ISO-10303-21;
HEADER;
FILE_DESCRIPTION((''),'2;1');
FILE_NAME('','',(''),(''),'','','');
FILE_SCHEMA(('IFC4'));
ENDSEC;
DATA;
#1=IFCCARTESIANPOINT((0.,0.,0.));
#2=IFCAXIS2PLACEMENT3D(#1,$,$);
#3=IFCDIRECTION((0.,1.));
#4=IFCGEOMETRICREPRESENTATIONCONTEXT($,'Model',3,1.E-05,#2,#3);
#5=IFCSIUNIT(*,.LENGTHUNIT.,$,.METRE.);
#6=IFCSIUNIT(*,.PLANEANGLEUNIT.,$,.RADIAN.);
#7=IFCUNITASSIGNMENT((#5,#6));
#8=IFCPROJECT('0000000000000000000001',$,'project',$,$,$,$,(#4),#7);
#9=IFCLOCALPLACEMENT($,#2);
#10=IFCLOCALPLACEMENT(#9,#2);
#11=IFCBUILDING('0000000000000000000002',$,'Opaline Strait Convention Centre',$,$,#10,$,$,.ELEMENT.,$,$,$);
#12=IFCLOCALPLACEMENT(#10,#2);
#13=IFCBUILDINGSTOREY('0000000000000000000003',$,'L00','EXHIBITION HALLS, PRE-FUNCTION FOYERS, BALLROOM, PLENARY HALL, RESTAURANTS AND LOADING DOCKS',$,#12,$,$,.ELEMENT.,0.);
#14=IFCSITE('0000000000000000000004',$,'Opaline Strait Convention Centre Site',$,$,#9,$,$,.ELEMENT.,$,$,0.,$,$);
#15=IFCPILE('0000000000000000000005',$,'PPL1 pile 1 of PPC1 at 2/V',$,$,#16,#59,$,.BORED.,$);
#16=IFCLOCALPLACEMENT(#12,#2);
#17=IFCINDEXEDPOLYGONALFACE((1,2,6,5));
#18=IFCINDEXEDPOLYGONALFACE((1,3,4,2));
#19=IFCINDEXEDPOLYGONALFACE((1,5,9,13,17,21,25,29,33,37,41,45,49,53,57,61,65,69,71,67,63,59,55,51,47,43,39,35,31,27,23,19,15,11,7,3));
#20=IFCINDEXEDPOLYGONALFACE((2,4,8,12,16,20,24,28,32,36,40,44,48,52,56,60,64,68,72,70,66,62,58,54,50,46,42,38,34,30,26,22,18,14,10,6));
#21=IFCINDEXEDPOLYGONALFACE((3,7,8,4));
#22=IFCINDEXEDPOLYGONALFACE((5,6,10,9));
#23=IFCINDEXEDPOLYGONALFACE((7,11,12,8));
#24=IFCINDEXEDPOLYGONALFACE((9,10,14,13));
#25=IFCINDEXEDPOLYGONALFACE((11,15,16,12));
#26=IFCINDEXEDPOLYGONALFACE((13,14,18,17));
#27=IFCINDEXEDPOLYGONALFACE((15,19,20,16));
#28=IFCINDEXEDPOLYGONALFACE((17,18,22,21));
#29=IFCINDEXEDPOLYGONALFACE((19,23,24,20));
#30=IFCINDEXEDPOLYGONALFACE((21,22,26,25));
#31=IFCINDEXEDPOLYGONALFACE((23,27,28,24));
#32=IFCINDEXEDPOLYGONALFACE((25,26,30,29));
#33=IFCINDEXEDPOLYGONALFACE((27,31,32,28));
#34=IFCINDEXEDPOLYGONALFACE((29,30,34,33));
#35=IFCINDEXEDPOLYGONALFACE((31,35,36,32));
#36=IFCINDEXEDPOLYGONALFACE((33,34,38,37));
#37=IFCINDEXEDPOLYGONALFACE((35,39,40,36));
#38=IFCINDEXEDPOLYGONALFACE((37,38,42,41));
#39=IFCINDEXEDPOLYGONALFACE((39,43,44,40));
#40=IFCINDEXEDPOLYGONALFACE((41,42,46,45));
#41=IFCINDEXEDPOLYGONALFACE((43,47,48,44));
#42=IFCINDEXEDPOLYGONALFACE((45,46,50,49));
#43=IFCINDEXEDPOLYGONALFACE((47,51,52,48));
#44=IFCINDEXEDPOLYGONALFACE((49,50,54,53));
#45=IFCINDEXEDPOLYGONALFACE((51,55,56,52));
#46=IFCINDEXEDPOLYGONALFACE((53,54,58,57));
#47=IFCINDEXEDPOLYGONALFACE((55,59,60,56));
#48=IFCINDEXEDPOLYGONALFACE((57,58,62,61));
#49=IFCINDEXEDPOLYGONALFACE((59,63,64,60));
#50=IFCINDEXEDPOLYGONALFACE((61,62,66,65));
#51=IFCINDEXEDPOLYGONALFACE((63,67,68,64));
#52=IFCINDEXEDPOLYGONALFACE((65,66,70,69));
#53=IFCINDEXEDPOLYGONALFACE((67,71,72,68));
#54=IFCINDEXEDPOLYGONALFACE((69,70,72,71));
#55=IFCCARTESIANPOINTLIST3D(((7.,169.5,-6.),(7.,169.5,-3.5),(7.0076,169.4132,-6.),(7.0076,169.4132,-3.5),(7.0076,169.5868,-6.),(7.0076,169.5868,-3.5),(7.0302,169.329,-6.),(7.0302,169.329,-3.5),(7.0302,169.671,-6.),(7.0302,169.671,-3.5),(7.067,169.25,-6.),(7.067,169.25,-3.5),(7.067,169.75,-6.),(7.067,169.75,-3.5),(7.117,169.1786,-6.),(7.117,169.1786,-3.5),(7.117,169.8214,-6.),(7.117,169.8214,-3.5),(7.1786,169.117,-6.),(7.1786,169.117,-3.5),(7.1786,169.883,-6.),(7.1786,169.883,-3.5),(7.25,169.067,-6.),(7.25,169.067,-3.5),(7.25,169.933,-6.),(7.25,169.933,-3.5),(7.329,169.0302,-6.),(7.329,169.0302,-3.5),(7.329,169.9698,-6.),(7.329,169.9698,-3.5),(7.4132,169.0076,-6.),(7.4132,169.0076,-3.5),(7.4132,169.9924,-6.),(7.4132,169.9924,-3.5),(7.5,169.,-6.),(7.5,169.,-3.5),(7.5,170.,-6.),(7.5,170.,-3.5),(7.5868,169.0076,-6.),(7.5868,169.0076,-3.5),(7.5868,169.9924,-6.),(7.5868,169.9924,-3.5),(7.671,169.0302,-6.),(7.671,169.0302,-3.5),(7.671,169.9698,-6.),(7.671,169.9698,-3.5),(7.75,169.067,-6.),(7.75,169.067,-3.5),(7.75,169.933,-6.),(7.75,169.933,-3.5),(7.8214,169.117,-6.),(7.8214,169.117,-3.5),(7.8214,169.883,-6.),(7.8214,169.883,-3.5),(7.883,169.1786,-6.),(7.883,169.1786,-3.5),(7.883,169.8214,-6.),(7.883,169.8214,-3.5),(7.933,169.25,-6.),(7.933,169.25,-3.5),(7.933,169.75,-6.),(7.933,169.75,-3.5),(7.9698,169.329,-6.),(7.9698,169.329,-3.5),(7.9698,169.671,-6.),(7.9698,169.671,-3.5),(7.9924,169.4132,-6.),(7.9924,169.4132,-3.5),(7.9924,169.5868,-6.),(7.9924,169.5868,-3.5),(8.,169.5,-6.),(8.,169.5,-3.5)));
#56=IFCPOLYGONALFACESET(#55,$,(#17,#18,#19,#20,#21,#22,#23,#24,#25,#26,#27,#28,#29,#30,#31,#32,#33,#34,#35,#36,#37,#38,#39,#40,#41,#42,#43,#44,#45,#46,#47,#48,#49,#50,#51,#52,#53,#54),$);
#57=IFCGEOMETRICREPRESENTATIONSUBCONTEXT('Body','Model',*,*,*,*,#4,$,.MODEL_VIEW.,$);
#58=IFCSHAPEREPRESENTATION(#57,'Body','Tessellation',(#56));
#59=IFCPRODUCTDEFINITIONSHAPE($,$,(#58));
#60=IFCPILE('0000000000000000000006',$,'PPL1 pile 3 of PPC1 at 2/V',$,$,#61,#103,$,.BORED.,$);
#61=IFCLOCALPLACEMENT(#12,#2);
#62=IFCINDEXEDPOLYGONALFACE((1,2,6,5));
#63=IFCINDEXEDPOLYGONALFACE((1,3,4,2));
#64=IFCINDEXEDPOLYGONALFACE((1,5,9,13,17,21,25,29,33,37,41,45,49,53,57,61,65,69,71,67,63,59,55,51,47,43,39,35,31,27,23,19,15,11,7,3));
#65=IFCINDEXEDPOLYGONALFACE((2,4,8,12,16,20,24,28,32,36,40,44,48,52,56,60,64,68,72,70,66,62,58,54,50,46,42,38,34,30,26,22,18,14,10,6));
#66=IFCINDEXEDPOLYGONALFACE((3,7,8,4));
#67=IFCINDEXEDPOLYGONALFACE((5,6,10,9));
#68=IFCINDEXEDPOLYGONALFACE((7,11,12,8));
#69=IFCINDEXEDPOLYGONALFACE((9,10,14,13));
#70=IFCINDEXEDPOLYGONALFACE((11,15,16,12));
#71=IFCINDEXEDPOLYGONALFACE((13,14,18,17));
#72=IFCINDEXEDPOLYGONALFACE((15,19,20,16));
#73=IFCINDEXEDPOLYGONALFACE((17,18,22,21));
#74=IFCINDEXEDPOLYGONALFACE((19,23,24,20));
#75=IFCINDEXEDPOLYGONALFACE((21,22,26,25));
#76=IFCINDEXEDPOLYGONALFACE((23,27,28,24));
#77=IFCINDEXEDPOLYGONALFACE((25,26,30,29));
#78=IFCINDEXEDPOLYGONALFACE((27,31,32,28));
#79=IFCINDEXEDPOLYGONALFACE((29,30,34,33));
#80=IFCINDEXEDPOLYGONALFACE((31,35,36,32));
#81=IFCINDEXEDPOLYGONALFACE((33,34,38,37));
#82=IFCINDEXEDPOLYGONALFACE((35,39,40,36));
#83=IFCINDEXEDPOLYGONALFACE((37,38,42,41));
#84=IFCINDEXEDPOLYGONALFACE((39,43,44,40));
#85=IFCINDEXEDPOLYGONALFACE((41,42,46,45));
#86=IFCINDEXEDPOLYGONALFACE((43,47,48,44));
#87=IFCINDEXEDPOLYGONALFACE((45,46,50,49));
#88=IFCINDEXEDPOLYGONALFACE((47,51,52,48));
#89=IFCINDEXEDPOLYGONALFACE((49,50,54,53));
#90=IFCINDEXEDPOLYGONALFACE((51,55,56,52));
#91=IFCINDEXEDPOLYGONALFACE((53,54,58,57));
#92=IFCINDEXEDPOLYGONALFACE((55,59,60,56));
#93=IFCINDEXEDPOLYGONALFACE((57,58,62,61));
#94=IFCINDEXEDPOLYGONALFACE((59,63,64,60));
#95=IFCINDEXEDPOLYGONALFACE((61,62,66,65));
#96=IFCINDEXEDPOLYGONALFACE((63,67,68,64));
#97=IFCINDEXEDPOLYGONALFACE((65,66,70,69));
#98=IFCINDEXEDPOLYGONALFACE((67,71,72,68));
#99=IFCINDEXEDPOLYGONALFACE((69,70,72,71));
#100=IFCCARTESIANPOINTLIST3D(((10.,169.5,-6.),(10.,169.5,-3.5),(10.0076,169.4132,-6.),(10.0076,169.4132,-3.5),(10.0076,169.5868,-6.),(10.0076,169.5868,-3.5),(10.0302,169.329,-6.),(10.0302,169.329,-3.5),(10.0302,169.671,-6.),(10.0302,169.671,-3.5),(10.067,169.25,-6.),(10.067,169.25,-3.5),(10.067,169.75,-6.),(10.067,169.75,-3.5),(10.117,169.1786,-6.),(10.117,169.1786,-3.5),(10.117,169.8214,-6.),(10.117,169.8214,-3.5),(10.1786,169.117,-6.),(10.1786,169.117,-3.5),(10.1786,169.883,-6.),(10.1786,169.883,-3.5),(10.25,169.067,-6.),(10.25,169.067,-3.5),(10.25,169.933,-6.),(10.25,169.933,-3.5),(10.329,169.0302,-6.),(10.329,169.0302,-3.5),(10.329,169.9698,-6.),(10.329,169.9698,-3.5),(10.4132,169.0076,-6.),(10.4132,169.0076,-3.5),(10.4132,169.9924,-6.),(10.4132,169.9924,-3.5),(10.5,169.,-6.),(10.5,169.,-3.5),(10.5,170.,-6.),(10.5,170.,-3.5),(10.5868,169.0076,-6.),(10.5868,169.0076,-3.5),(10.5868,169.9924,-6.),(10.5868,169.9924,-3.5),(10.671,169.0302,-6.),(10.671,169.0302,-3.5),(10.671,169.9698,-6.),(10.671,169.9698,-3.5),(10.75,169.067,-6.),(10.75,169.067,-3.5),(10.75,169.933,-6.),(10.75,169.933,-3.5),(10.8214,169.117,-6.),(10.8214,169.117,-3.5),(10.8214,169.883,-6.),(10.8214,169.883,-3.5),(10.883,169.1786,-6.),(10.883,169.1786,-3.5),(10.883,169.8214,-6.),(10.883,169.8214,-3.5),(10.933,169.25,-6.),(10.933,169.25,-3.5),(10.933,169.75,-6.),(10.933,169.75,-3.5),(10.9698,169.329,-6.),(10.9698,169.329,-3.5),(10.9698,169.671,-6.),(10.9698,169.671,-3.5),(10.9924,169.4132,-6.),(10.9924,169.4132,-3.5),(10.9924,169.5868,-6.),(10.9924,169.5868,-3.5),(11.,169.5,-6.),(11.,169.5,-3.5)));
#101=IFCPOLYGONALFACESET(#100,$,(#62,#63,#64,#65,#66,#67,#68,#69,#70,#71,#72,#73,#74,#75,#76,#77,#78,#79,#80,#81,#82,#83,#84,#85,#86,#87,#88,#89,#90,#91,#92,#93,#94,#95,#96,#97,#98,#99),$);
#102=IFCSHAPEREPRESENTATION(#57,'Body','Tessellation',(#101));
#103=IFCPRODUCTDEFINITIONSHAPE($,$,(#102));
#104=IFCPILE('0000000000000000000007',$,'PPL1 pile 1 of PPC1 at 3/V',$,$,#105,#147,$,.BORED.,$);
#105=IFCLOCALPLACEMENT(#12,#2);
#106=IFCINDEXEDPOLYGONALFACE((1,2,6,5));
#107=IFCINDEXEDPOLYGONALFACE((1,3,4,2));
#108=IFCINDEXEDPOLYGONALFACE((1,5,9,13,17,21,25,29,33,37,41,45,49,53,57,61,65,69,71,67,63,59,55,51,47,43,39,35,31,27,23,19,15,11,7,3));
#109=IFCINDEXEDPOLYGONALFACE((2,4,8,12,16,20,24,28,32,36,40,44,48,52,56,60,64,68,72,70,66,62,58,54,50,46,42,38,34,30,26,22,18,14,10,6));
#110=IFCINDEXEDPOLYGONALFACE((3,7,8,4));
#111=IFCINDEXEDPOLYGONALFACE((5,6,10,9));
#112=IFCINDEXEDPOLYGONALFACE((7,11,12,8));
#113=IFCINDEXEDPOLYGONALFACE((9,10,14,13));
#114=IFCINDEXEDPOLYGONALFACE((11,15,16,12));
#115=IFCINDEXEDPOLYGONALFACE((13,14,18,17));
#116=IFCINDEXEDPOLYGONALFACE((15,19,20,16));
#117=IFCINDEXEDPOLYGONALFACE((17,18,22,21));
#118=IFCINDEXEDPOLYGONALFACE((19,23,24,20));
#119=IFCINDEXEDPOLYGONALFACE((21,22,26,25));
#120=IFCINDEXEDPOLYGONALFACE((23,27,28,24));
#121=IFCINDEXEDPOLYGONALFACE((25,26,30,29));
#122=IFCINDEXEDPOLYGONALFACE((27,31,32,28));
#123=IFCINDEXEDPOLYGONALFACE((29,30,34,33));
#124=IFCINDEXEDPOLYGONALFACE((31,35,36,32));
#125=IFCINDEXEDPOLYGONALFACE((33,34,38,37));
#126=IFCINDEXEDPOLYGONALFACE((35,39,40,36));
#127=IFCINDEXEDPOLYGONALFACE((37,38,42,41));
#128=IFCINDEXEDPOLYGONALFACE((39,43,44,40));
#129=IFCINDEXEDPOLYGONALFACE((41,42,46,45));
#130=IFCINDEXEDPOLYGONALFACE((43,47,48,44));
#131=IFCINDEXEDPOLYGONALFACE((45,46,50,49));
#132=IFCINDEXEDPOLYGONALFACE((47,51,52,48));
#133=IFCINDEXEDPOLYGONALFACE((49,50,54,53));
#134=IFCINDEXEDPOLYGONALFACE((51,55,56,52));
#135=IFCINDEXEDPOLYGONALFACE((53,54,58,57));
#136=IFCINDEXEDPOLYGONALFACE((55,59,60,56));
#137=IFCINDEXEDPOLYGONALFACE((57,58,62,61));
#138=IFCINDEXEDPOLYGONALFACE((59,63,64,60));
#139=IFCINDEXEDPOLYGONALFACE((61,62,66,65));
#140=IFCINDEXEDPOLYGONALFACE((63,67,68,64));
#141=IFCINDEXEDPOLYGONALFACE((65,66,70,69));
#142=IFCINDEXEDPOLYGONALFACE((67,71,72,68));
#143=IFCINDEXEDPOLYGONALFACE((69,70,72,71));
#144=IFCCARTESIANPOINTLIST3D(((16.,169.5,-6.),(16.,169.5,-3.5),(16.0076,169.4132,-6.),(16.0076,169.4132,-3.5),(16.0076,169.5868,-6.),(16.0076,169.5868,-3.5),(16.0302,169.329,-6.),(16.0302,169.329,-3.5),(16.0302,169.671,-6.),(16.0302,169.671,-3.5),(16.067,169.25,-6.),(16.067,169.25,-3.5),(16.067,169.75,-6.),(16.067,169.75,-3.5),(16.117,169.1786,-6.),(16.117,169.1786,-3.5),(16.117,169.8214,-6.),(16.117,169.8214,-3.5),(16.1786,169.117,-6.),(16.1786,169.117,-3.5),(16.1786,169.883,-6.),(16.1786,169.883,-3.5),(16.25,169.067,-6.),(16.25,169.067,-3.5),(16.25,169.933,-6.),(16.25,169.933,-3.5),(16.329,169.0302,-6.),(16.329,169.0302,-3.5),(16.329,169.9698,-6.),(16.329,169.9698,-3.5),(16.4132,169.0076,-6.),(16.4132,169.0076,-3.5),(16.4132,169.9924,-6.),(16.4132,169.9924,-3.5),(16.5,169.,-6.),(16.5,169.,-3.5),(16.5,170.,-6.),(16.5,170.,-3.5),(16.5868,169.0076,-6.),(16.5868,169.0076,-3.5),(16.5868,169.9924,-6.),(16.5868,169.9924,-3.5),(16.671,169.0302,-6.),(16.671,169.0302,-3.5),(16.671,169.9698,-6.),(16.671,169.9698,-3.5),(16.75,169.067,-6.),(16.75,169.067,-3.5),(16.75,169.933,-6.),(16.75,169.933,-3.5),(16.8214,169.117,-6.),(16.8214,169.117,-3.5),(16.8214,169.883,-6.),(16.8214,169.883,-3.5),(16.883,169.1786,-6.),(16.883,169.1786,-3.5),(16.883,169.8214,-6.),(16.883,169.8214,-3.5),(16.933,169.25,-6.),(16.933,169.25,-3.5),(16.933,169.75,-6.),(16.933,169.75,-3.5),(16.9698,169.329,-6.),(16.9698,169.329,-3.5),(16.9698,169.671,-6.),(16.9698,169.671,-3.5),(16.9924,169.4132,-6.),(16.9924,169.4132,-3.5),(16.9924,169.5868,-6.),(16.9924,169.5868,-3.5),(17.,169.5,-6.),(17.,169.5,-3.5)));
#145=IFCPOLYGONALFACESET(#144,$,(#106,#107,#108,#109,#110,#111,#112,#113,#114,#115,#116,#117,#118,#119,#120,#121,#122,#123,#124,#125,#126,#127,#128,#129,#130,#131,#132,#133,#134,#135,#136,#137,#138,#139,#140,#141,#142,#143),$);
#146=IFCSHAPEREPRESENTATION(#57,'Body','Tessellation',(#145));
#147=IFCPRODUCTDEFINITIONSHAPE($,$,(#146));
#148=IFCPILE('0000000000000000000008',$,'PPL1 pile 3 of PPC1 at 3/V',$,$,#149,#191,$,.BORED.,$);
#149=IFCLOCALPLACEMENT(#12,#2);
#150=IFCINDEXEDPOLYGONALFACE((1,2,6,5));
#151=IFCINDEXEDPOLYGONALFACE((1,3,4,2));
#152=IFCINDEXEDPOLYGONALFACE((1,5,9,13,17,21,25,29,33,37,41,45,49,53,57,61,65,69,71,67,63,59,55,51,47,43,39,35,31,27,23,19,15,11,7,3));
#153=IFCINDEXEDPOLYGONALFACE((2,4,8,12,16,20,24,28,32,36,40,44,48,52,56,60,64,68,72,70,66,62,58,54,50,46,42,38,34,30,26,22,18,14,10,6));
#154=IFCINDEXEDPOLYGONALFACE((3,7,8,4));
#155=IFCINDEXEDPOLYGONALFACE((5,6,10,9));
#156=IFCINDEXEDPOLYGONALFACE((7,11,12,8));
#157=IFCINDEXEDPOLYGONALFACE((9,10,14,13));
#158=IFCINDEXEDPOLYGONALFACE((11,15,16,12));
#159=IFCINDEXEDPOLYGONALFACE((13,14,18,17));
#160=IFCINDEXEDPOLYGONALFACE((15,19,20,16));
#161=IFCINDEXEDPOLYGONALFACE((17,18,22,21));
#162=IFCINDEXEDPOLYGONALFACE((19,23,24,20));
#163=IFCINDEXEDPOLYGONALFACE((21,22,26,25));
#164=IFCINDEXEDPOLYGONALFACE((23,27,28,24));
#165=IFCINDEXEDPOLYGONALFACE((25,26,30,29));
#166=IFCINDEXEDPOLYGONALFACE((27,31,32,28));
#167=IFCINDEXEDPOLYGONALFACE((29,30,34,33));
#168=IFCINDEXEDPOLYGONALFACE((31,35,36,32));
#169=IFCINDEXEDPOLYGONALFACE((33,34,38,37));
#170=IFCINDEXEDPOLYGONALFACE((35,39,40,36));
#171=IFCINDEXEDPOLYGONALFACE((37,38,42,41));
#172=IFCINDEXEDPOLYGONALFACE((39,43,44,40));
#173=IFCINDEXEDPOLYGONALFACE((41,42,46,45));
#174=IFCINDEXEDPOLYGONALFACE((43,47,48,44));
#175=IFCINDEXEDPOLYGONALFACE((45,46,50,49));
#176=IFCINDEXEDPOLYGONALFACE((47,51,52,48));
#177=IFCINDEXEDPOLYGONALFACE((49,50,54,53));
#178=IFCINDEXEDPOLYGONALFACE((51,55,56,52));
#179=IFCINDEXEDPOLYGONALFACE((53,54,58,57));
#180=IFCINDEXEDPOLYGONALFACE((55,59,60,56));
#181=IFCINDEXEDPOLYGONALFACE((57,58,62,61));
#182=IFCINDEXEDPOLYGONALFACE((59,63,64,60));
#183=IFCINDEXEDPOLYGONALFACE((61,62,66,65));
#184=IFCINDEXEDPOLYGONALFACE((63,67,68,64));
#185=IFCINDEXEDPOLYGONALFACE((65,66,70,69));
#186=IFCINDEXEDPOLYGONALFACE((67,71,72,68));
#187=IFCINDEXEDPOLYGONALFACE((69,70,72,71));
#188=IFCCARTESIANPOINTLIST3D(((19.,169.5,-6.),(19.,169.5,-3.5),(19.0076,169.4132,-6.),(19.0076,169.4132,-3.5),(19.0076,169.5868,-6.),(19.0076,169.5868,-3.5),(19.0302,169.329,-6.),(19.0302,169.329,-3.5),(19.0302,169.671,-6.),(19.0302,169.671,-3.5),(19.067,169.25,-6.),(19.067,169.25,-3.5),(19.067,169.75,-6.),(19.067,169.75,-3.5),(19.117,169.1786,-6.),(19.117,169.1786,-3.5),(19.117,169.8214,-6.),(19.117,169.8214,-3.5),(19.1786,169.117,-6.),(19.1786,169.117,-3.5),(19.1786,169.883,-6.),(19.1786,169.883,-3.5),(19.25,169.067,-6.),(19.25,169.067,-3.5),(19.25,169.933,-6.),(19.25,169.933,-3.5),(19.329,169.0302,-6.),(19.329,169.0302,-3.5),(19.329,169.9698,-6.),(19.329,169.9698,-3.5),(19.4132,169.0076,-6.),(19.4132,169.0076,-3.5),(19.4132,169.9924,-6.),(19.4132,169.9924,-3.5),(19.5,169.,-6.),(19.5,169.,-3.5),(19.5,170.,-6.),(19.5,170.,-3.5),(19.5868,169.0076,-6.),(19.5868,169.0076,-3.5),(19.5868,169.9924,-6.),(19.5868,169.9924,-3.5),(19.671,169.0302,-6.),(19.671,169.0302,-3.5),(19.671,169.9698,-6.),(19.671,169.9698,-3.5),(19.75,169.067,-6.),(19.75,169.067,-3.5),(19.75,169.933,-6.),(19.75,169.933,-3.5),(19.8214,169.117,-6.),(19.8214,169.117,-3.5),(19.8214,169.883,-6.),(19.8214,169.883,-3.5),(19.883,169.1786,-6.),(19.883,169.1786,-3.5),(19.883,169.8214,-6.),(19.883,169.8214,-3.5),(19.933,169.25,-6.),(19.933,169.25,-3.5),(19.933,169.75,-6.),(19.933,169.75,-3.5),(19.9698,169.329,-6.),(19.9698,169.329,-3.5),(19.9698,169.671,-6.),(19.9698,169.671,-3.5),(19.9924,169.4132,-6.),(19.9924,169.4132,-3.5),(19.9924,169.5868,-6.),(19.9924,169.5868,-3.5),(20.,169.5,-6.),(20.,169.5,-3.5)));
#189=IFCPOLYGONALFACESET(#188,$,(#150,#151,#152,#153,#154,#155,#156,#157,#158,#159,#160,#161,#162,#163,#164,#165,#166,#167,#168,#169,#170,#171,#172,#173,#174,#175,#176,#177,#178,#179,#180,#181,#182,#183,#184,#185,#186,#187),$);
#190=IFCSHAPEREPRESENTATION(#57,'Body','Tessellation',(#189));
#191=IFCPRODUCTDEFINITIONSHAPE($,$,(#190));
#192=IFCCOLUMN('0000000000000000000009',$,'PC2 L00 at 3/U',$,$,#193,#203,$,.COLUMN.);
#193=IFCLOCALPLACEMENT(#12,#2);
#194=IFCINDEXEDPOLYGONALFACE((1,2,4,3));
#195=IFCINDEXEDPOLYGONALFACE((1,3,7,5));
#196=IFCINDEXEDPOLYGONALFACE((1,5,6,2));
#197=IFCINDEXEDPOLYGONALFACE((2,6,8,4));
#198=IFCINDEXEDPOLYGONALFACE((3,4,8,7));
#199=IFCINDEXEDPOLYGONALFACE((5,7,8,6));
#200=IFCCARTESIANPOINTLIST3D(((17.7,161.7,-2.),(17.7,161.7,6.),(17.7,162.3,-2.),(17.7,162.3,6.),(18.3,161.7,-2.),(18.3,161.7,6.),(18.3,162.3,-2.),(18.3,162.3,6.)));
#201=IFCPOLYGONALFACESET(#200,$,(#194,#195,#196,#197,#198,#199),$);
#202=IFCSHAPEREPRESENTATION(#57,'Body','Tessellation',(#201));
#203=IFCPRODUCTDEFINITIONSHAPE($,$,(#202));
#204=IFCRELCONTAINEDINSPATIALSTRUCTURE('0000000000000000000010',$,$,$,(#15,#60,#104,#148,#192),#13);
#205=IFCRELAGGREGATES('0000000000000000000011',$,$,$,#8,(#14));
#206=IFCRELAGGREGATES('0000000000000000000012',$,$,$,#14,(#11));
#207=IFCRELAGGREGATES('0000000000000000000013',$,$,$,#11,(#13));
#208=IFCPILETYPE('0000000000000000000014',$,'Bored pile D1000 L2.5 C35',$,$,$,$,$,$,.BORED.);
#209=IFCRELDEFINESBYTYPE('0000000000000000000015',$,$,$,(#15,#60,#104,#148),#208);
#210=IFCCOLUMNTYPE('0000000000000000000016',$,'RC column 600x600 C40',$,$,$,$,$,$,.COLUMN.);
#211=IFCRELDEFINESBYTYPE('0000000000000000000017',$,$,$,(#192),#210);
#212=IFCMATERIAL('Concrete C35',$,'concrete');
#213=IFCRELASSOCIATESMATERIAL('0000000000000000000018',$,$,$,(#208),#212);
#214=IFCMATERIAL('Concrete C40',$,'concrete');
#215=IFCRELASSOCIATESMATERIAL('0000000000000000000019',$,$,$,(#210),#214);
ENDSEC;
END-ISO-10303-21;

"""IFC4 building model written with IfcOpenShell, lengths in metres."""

from ifc_helpers import new_model, si_unit, direction, frame, origin, origin_2d, place, context, subcontext, project, spatial, rectangle, circle, extrude, material, material_profile, profile_set, type_object, element, save


model = new_model("IFC4")

# Units and contexts
model_context = context("Model", 3, precision=1e-05, world=origin(), true_north=direction((0.0, 1.0)))
body_context = subcontext(model_context, "Body", "Model", "MODEL_VIEW")
ifc_project = project(units=[si_unit("LENGTHUNIT", "METRE"), si_unit("PLANEANGLEUNIT", "RADIAN")], contexts=[model_context])

# Site, building, storey
site_placement = place(None, origin())
site = spatial("IfcSite", under=ifc_project, at=site_placement, Name="Opaline Strait Convention Centre Site", CompositionType="ELEMENT", RefElevation=0.0)
building_placement = place(site_placement, origin())
building = spatial("IfcBuilding", under=site, at=building_placement, Name="Opaline Strait Convention Centre", CompositionType="ELEMENT")
storey_placement = place(building_placement, origin())
storey = spatial("IfcBuildingStorey", under=building, at=storey_placement, Name="L00", Description="EXHIBITION HALLS, PRE-FUNCTION FOYERS, BALLROOM, PLENARY HALL, RESTAURANTS AND LOADING DOCKS", CompositionType="ELEMENT", Elevation=0.0)

# Piles
ifc_material_1 = material(Name="Concrete C35", Category="concrete")
ifc_material_profile_1 = material_profile(ifc_material_1, circle(Radius=0.5, at=origin_2d()), Name="D1000")
ifc_profile_set_1 = profile_set([ifc_material_profile_1], Name="Concrete C35")
pile_type = type_object("IfcPileType", Name="Bored pile D1000 L2.5 C35", PredefinedType="BORED", material=ifc_profile_set_1)
for number, where, z_axis, x_axis, name in (
    (1, (7.5, 169.5, -3.5), (0.0, 0.0, -1.0), (1.0, 0.0, 0.0), "PPL1 pile 1 of PPC1 at 2/V"),
    (2, (10.5, 169.5, -3.5), (0.0, 0.0, -1.0), (1.0, 0.0, 0.0), "PPL1 pile 3 of PPC1 at 2/V"),
    (3, (16.5, 169.5, -3.5), (0.0, 0.0, -1.0), (1.0, 0.0, 0.0), "PPL1 pile 1 of PPC1 at 3/V"),
    (4, (19.5, 169.5, -3.5), (0.0, 0.0, -1.0), (1.0, 0.0, 0.0), "PPL1 pile 3 of PPC1 at 3/V"),
):
    element("IfcPile", number, at=place(storey_placement, frame(where, z_axis=z_axis, x_axis=x_axis)), inside=storey, type_object=pile_type, Name=name, PredefinedType="BORED", context=body_context, shape_type="SweptSolid", body=[
        extrude(circle(Radius=0.5, at=origin_2d()), origin(), (0.0, 0.0, 1.0), 2.5),
    ])

# Column
ifc_material_2 = material(Name="Concrete C40", Category="concrete")
ifc_material_profile_2 = material_profile(ifc_material_2, rectangle(XDim=0.6001, YDim=0.6001, at=origin_2d()), Name="RC 600x600")
ifc_profile_set_2 = profile_set([ifc_material_profile_2], Name="Concrete C40")
column_type_1 = type_object("IfcColumnType", Name="RC column 600x600 C40", PredefinedType="COLUMN", material=ifc_profile_set_2)
for number, where, z_axis, x_axis, name in (
    (5, (18.0, 162.0, -2.0), (0.0, 0.0, 1.0), (1.0, 0.0, 0.0), "PC2 L00 at 3/U"),
):
    element("IfcColumn", number, at=place(storey_placement, frame(where, z_axis=z_axis, x_axis=x_axis)), inside=storey, type_object=column_type_1, Name=name, PredefinedType="COLUMN", context=body_context, shape_type="SweptSolid", body=[
        extrude(rectangle(XDim=0.6001, YDim=0.6001, at=origin_2d()), origin(), (0.0, 0.0, 1.0), 8.0),
    ])

save(model, "model.ifc")
